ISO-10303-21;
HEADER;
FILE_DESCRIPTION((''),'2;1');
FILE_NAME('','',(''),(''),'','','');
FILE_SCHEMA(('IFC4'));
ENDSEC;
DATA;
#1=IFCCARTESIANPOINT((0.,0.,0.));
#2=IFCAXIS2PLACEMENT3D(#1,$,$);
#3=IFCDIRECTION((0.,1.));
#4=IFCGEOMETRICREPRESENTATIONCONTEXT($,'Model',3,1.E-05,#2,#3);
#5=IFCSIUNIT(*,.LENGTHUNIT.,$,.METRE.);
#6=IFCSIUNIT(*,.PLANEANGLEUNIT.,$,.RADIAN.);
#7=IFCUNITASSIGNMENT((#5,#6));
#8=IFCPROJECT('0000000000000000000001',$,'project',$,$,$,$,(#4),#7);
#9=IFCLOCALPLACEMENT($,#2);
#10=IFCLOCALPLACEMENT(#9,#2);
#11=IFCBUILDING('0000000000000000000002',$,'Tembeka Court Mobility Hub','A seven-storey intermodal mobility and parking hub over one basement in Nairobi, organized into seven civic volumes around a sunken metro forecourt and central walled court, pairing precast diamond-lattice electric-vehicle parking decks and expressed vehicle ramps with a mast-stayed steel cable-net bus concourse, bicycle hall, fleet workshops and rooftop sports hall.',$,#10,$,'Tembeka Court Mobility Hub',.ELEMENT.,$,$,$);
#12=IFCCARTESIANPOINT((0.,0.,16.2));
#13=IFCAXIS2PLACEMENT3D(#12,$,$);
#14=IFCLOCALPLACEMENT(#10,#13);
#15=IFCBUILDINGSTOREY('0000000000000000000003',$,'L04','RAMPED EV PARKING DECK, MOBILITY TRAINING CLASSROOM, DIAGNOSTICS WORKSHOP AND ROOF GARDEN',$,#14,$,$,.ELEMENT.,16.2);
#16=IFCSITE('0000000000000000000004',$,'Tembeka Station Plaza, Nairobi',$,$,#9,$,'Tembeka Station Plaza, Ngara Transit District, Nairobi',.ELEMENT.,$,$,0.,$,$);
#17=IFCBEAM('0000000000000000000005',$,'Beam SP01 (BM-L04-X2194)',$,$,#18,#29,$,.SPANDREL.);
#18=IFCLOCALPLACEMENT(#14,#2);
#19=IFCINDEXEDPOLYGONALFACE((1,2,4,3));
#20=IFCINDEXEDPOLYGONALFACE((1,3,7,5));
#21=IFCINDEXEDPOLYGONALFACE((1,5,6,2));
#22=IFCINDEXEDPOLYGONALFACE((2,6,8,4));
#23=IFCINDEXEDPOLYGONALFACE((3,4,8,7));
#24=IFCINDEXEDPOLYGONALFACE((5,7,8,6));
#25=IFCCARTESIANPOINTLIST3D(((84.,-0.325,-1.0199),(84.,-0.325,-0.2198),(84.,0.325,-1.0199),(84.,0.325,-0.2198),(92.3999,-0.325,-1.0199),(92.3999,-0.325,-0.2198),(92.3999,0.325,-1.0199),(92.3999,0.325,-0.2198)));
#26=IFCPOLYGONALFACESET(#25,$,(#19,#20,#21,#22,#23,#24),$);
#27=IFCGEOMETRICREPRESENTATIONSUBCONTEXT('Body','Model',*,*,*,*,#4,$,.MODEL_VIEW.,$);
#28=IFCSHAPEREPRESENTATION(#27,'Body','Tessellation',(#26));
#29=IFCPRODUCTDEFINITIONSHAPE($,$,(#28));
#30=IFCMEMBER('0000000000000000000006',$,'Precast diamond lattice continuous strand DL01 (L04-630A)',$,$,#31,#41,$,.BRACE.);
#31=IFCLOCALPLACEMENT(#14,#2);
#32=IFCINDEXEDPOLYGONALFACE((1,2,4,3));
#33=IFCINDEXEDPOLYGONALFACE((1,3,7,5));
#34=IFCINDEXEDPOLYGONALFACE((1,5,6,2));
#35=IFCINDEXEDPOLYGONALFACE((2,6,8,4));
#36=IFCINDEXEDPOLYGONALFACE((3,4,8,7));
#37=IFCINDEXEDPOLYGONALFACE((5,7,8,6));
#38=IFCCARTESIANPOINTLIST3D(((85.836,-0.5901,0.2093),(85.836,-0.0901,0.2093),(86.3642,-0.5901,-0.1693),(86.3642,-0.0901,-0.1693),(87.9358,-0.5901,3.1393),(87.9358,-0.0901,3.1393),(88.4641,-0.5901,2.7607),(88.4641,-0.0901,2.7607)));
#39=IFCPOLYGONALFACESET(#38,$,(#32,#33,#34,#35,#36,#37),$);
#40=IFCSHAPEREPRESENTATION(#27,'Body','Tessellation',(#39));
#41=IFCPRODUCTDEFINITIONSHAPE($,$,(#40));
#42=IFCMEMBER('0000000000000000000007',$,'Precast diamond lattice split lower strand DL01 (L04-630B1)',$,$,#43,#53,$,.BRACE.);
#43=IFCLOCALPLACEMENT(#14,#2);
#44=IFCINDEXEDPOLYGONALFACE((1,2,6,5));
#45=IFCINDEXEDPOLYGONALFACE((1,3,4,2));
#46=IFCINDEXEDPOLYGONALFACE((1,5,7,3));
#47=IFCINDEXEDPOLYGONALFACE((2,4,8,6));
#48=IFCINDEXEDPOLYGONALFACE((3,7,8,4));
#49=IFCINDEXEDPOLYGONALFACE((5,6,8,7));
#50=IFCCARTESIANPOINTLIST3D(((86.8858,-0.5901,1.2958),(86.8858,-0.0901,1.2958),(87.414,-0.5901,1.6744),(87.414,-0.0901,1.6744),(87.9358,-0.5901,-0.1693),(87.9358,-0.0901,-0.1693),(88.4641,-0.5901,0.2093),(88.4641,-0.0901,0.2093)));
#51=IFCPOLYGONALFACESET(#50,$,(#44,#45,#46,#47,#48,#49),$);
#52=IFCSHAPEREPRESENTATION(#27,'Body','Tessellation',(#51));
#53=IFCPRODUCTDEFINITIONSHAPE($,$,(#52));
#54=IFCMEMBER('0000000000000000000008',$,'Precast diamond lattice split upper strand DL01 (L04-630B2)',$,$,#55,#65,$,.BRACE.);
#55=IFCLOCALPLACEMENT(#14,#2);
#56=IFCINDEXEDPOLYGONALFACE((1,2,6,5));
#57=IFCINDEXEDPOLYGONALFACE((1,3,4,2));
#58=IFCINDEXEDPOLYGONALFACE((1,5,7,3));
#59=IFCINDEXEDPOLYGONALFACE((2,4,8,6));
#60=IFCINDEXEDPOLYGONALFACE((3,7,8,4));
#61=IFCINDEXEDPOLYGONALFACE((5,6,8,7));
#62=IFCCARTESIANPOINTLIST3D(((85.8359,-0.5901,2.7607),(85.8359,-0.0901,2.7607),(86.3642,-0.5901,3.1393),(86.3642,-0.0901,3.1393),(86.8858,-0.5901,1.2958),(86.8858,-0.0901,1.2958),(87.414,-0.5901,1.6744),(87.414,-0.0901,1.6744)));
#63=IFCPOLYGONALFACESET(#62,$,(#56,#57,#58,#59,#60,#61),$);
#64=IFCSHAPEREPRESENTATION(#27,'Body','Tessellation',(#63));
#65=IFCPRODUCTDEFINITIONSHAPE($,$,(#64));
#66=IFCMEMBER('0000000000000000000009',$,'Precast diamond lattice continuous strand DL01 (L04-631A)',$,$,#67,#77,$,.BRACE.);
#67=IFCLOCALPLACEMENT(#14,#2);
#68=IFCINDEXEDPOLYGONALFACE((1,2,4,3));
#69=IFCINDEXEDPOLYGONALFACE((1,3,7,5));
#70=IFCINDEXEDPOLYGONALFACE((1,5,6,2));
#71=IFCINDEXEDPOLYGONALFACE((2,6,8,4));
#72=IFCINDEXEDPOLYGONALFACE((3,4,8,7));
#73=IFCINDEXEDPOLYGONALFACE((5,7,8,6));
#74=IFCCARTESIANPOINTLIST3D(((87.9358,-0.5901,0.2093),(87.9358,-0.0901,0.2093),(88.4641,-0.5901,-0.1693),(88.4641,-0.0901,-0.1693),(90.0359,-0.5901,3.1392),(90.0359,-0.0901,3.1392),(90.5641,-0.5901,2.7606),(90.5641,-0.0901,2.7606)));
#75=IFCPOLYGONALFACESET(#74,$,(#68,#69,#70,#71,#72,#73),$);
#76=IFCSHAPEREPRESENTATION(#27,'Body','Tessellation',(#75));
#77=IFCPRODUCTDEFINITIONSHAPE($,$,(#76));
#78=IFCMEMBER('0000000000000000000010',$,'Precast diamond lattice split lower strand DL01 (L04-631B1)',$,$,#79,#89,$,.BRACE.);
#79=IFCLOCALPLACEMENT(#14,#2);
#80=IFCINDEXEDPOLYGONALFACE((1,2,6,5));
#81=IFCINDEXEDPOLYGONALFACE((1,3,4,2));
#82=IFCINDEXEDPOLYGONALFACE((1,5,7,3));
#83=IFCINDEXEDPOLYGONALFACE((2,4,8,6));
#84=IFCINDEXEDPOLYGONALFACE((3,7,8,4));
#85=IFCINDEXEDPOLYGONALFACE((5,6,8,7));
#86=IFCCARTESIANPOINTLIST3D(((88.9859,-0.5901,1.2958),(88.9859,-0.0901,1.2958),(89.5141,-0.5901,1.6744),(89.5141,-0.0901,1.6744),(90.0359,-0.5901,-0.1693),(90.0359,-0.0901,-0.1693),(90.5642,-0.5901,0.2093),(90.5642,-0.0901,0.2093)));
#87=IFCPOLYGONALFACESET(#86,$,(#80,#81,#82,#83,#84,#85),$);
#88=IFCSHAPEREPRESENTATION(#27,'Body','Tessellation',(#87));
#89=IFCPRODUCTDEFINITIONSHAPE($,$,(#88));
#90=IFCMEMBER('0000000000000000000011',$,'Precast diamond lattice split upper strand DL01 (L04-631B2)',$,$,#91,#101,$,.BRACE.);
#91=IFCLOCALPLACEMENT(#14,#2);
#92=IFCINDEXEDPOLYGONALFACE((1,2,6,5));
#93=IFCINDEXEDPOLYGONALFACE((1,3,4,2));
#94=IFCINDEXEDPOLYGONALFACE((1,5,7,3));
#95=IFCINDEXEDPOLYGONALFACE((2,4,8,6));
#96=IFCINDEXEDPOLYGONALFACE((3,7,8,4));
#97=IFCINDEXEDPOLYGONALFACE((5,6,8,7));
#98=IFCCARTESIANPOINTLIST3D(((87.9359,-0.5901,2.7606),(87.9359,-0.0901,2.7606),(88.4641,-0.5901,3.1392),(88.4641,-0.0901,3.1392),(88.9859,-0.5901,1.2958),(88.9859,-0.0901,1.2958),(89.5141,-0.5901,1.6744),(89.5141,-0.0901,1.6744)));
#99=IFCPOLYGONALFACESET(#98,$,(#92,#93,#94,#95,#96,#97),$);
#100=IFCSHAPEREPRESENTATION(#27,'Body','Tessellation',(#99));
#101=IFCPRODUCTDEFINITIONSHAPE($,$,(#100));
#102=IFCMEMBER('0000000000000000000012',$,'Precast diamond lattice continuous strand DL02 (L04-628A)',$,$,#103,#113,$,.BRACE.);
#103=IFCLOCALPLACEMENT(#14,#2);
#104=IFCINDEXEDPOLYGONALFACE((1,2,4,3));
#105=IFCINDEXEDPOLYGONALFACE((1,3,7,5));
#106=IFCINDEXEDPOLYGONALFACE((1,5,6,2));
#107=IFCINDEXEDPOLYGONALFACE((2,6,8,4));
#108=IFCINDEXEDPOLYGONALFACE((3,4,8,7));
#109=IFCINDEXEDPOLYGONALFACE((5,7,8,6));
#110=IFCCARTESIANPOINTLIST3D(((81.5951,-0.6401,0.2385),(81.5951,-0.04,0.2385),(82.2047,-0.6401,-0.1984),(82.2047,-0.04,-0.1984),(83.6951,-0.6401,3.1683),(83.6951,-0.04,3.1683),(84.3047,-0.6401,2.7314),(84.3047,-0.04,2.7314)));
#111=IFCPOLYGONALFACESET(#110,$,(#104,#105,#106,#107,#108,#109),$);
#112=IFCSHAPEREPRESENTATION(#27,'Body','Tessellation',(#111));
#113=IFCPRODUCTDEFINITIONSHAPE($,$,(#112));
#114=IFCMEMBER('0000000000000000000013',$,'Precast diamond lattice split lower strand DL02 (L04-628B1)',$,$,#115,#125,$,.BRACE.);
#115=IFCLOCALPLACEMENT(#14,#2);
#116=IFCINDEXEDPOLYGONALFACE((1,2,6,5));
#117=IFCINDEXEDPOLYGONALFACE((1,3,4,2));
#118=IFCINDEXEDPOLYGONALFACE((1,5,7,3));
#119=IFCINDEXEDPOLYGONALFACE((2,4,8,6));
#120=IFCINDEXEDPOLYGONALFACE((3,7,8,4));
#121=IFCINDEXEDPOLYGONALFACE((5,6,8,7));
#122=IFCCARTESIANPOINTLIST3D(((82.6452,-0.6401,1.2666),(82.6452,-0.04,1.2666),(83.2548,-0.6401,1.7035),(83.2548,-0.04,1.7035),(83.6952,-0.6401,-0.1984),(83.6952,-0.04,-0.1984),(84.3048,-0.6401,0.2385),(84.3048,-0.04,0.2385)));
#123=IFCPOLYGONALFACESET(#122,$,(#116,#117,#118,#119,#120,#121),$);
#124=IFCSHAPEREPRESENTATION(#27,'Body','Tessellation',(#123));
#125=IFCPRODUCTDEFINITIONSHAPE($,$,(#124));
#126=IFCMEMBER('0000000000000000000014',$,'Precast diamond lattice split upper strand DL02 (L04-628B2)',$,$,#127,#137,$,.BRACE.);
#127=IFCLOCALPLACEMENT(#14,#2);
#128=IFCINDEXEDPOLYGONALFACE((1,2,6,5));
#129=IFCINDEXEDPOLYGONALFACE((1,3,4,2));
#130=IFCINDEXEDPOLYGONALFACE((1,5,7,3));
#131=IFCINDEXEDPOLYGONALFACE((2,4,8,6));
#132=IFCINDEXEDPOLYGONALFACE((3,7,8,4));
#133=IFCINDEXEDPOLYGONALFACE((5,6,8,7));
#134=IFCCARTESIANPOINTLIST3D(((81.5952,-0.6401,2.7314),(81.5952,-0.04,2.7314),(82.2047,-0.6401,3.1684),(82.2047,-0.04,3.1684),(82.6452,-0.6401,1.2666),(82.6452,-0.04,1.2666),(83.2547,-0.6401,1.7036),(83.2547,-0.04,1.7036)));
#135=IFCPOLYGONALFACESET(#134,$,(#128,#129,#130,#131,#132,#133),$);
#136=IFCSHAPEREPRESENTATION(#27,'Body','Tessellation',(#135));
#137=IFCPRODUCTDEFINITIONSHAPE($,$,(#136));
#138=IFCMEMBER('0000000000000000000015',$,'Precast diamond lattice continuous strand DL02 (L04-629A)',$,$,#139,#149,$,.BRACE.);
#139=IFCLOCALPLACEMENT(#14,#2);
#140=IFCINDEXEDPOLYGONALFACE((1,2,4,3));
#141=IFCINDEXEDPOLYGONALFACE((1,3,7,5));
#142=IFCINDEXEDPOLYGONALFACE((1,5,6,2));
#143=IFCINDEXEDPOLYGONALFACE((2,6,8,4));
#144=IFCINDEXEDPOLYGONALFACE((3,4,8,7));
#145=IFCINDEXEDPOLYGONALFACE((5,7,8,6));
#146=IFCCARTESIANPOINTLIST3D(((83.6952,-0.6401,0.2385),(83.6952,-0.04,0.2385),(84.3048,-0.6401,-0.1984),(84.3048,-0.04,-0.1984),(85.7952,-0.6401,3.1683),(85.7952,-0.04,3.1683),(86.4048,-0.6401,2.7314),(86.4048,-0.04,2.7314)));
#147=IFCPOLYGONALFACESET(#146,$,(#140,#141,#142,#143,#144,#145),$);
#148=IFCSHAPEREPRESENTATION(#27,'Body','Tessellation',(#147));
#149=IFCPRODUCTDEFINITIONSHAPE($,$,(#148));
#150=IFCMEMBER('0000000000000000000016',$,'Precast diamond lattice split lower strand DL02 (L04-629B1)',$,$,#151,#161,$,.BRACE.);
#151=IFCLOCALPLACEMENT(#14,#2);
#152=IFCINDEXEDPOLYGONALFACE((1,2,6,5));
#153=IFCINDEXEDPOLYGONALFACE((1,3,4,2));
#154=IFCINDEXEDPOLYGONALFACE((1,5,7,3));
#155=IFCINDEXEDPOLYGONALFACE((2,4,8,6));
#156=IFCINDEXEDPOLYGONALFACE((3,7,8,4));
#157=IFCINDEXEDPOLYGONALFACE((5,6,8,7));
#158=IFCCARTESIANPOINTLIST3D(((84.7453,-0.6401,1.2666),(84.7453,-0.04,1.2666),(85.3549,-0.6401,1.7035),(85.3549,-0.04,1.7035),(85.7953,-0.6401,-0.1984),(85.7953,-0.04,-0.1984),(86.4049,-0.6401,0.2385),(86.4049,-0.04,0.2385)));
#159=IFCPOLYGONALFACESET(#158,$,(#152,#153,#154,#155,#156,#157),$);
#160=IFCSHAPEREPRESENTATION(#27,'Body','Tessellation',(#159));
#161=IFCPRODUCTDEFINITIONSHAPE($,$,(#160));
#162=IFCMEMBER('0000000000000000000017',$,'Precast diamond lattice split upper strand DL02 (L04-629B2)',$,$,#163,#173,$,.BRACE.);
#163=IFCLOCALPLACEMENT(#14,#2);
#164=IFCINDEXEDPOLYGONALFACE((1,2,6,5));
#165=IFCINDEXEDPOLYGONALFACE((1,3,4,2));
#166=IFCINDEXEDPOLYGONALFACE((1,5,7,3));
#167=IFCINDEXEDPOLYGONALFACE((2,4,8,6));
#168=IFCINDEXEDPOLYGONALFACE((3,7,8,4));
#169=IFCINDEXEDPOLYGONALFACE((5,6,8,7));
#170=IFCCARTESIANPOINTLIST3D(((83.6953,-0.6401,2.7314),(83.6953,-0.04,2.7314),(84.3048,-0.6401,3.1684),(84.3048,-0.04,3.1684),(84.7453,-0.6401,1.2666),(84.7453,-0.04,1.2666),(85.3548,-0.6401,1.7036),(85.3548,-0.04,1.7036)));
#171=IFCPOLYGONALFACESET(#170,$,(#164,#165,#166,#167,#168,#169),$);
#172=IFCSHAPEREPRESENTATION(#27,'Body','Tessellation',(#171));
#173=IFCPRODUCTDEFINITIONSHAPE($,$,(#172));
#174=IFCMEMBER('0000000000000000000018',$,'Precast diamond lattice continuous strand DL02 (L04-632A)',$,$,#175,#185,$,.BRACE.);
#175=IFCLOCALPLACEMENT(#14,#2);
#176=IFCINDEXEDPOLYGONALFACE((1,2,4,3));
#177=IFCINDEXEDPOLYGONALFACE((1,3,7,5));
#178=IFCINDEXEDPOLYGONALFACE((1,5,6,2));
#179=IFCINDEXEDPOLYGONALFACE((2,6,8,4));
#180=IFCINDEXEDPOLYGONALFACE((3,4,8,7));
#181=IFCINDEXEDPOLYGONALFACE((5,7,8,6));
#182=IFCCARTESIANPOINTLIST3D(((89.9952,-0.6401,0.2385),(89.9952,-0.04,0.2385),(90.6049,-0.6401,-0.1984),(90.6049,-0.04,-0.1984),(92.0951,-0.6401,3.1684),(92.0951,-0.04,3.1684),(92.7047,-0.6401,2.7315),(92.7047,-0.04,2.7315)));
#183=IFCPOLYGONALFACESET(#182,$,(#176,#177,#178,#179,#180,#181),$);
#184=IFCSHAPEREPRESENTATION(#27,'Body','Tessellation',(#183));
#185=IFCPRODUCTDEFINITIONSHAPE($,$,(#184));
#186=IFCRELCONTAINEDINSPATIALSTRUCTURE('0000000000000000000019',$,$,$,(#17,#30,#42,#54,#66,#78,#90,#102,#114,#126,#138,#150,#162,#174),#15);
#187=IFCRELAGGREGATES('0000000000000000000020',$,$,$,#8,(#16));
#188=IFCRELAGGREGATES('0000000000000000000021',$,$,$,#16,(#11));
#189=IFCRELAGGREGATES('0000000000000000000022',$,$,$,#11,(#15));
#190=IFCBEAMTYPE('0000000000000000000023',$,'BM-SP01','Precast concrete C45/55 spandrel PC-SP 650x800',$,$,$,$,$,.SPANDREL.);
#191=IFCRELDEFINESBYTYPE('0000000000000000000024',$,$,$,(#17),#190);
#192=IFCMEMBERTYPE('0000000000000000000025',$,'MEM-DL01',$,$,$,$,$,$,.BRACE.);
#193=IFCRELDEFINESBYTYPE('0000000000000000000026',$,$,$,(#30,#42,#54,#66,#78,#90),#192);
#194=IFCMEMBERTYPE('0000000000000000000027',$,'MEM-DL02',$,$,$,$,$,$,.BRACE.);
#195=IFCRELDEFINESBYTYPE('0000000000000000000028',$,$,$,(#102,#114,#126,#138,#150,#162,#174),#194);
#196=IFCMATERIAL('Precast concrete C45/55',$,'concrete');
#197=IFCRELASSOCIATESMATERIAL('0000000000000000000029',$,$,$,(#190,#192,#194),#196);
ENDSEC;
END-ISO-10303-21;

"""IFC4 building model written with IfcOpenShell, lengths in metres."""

from ifc_helpers import new_model, si_unit, direction, frame, origin, origin_2d, place, context, subcontext, project, spatial, rectangle, extrude, material, material_profile, profile_set, type_object, element, save


model = new_model("IFC4")

# Units and contexts
model_context = context("Model", 3, precision=1e-05, world=origin(), true_north=direction((0.0, 1.0)))
body_context = subcontext(model_context, "Body", "Model", "MODEL_VIEW")
ifc_project = project(units=[si_unit("LENGTHUNIT", "METRE"), si_unit("PLANEANGLEUNIT", "RADIAN")], contexts=[model_context])

# Site, building, storey
site_placement = place(None, origin())
site = spatial("IfcSite", under=ifc_project, at=site_placement, Name="Tembeka Station Plaza, Nairobi", LongName="Tembeka Station Plaza, Ngara Transit District, Nairobi", CompositionType="ELEMENT", RefElevation=0.0)
building_placement = place(site_placement, origin())
building = spatial("IfcBuilding", under=site, at=building_placement, Name="Tembeka Court Mobility Hub", Description="A seven-storey intermodal mobility and parking hub over one basement in Nairobi, organized into seven civic volumes around a sunken metro forecourt and central walled court, pairing precast diamond-lattice electric-vehicle parking decks and expressed vehicle ramps with a mast-stayed steel cable-net bus concourse, bicycle hall, fleet workshops and rooftop sports hall.", LongName="Tembeka Court Mobility Hub", CompositionType="ELEMENT")
storey_placement = place(building_placement, frame((0.0, 0.0, 16.2)))
storey = spatial("IfcBuildingStorey", under=building, at=storey_placement, Name="L04", Description="RAMPED EV PARKING DECK, MOBILITY TRAINING CLASSROOM, DIAGNOSTICS WORKSHOP AND ROOF GARDEN", CompositionType="ELEMENT", Elevation=16.2)

# Beam
ifc_material_1 = material(Name="Precast concrete C45/55", Category="concrete")
ifc_material_profile_1 = material_profile(ifc_material_1, rectangle(XDim=0.6499, YDim=0.8, at=origin_2d()), Name="PC-SP 650x800")
ifc_profile_set_1 = profile_set([ifc_material_profile_1], Name="Precast concrete C45/55")
beam_type_1 = type_object("IfcBeamType", Name="BM-SP01", Description="Precast concrete C45/55 spandrel PC-SP 650x800", PredefinedType="SPANDREL", material=ifc_profile_set_1)
beam_placement = place(storey_placement, frame((84.0, 0.0, -0.6199), z_axis=(1.0, 0.0, 0.0), x_axis=(0.0, 1.0, 0.0)))
element("IfcBeam", 1, at=beam_placement, inside=storey, type_object=beam_type_1, Name="Beam SP01 (BM-L04-X2194)", PredefinedType="SPANDREL", context=body_context, shape_type="SweptSolid", body=[
    extrude(rectangle(XDim=0.6499, YDim=0.8, at=origin_2d()), origin(), (0.0, 0.0, 1.0), 8.3999),
])

# Members
ifc_material_profile_2 = material_profile(ifc_material_1, rectangle(XDim=0.5, YDim=0.6499, at=origin_2d()), Name="PC-DIAG 500x650")
ifc_profile_set_2 = profile_set([ifc_material_profile_2], Name="Precast concrete C45/55")
member_type_1 = type_object("IfcMemberType", Name="MEM-DL01", PredefinedType="BRACE", material=ifc_profile_set_2)
member_1_placement = place(storey_placement, frame((86.1001, -0.3401, 0.02), z_axis=(0.582532, 0.0, 0.812808), x_axis=(0.0, 1.0, 0.0)))
element("IfcMember", 2, at=member_1_placement, inside=storey, type_object=member_type_1, Name="Precast diamond lattice continuous strand DL01 (L04-630A)", PredefinedType="BRACE", context=body_context, shape_type="SweptSolid", body=[
    extrude(rectangle(XDim=0.5, YDim=0.6499, at=origin_2d()), origin(), (0.0, 0.0, 1.0), 3.6047),
])
member_2_placement = place(storey_placement, frame((88.2, -0.3401, 0.02), z_axis=(-0.582544, 0.0, 0.812799), x_axis=(0.0, -1.0, 0.0)))
element("IfcMember", 3, at=member_2_placement, inside=storey, type_object=member_type_1, Name="Precast diamond lattice split lower strand DL01 (L04-630B1)", PredefinedType="BRACE", context=body_context, shape_type="SweptSolid", body=[
    extrude(rectangle(XDim=0.5, YDim=0.6499, at=origin_2d()), origin(), (0.0, 0.0, 1.0), 1.8025),
])
member_3_placement = place(storey_placement, frame((87.1499, -0.3401, 1.4851), z_axis=(-0.582519, 0.0, 0.812817), x_axis=(0.0, -1.0, 0.0)))
element("IfcMember", 4, at=member_3_placement, inside=storey, type_object=member_type_1, Name="Precast diamond lattice split upper strand DL01 (L04-630B2)", PredefinedType="BRACE", context=body_context, shape_type="SweptSolid", body=[
    extrude(rectangle(XDim=0.5, YDim=0.6499, at=origin_2d()), origin(), (0.0, 0.0, 1.0), 1.8022),
])
member_4_placement = place(storey_placement, frame((88.2, -0.3401, 0.02), z_axis=(0.582576, 0.0, 0.812776), x_axis=(0.0, 1.0, 0.0)))
element("IfcMember", 5, at=member_4_placement, inside=storey, type_object=member_type_1, Name="Precast diamond lattice continuous strand DL01 (L04-631A)", PredefinedType="BRACE", context=body_context, shape_type="SweptSolid", body=[
    extrude(rectangle(XDim=0.5, YDim=0.6499, at=origin_2d()), origin(), (0.0, 0.0, 1.0), 3.6047),
])
member_5_placement = place(storey_placement, frame((90.3, -0.3401, 0.02), z_axis=(-0.582544, 0.0, 0.812799), x_axis=(0.0, -1.0, 0.0)))
element("IfcMember", 6, at=member_5_placement, inside=storey, type_object=member_type_1, Name="Precast diamond lattice split lower strand DL01 (L04-631B1)", PredefinedType="BRACE", context=body_context, shape_type="SweptSolid", body=[
    extrude(rectangle(XDim=0.5, YDim=0.6499, at=origin_2d()), origin(), (0.0, 0.0, 1.0), 1.8025),
])
member_6_placement = place(storey_placement, frame((89.25, -0.3401, 1.4851), z_axis=(-0.582608, 0.0, 0.812753), x_axis=(0.0, -1.0, 0.0)))
element("IfcMember", 7, at=member_6_placement, inside=storey, type_object=member_type_1, Name="Precast diamond lattice split upper strand DL01 (L04-631B2)", PredefinedType="BRACE", context=body_context, shape_type="SweptSolid", body=[
    extrude(rectangle(XDim=0.5, YDim=0.6499, at=origin_2d()), origin(), (0.0, 0.0, 1.0), 1.8022),
])
ifc_material_profile_3 = material_profile(ifc_material_1, rectangle(XDim=0.6001, YDim=0.75, at=origin_2d()), Name="PC-DIAG 600x750")
ifc_profile_set_3 = profile_set([ifc_material_profile_3], Name="Precast concrete C45/55")
member_type_2 = type_object("IfcMemberType", Name="MEM-DL02", PredefinedType="BRACE", material=ifc_profile_set_3)
member_7_placement = place(storey_placement, frame((81.8999, -0.3401, 0.02), z_axis=(0.582576, 0.0, 0.812776), x_axis=(0.0, 1.0, 0.0)))
element("IfcMember", 8, at=member_7_placement, inside=storey, type_object=member_type_2, Name="Precast diamond lattice continuous strand DL02 (L04-628A)", PredefinedType="BRACE", context=body_context, shape_type="SweptSolid", body=[
    extrude(rectangle(XDim=0.6001, YDim=0.75, at=origin_2d()), origin(), (0.0, 0.0, 1.0), 3.6047),
])
member_8_placement = place(storey_placement, frame((84.0, -0.3401, 0.02), z_axis=(-0.582544, 0.0, 0.812799), x_axis=(0.0, -1.0, 0.0)))
element("IfcMember", 9, at=member_8_placement, inside=storey, type_object=member_type_2, Name="Precast diamond lattice split lower strand DL02 (L04-628B1)", PredefinedType="BRACE", context=body_context, shape_type="SweptSolid", body=[
    extrude(rectangle(XDim=0.6001, YDim=0.75, at=origin_2d()), origin(), (0.0, 0.0, 1.0), 1.8025),
])
member_9_placement = place(storey_placement, frame((82.95, -0.3401, 1.4851), z_axis=(-0.582608, 0.0, 0.812753), x_axis=(0.0, -1.0, 0.0)))
element("IfcMember", 10, at=member_9_placement, inside=storey, type_object=member_type_2, Name="Precast diamond lattice split upper strand DL02 (L04-628B2)", PredefinedType="BRACE", context=body_context, shape_type="SweptSolid", body=[
    extrude(rectangle(XDim=0.6001, YDim=0.75, at=origin_2d()), origin(), (0.0, 0.0, 1.0), 1.8022),
])
member_10_placement = place(storey_placement, frame((84.0, -0.3401, 0.02), z_axis=(0.582576, 0.0, 0.812776), x_axis=(0.0, 1.0, 0.0)))
element("IfcMember", 11, at=member_10_placement, inside=storey, type_object=member_type_2, Name="Precast diamond lattice continuous strand DL02 (L04-629A)", PredefinedType="BRACE", context=body_context, shape_type="SweptSolid", body=[
    extrude(rectangle(XDim=0.6001, YDim=0.75, at=origin_2d()), origin(), (0.0, 0.0, 1.0), 3.6047),
])
member_11_placement = place(storey_placement, frame((86.1001, -0.3401, 0.02), z_axis=(-0.582544, 0.0, 0.812799), x_axis=(0.0, -1.0, 0.0)))
element("IfcMember", 12, at=member_11_placement, inside=storey, type_object=member_type_2, Name="Precast diamond lattice split lower strand DL02 (L04-629B1)", PredefinedType="BRACE", context=body_context, shape_type="SweptSolid", body=[
    extrude(rectangle(XDim=0.6001, YDim=0.75, at=origin_2d()), origin(), (0.0, 0.0, 1.0), 1.8025),
])
member_12_placement = place(storey_placement, frame((85.05, -0.3401, 1.4851), z_axis=(-0.582608, 0.0, 0.812753), x_axis=(0.0, -1.0, 0.0)))
element("IfcMember", 13, at=member_12_placement, inside=storey, type_object=member_type_2, Name="Precast diamond lattice split upper strand DL02 (L04-629B2)", PredefinedType="BRACE", context=body_context, shape_type="SweptSolid", body=[
    extrude(rectangle(XDim=0.6001, YDim=0.75, at=origin_2d()), origin(), (0.0, 0.0, 1.0), 1.8022),
])
member_13_placement = place(storey_placement, frame((90.3, -0.3401, 0.02), z_axis=(0.582532, 0.0, 0.812808), x_axis=(0.0, 1.0, 0.0)))
element("IfcMember", 14, at=member_13_placement, inside=storey, type_object=member_type_2, Name="Precast diamond lattice continuous strand DL02 (L04-632A)", PredefinedType="BRACE", context=body_context, shape_type="SweptSolid", body=[
    extrude(rectangle(XDim=0.6001, YDim=0.75, at=origin_2d()), origin(), (0.0, 0.0, 1.0), 3.6047),
])

save(model, "model.ifc")
